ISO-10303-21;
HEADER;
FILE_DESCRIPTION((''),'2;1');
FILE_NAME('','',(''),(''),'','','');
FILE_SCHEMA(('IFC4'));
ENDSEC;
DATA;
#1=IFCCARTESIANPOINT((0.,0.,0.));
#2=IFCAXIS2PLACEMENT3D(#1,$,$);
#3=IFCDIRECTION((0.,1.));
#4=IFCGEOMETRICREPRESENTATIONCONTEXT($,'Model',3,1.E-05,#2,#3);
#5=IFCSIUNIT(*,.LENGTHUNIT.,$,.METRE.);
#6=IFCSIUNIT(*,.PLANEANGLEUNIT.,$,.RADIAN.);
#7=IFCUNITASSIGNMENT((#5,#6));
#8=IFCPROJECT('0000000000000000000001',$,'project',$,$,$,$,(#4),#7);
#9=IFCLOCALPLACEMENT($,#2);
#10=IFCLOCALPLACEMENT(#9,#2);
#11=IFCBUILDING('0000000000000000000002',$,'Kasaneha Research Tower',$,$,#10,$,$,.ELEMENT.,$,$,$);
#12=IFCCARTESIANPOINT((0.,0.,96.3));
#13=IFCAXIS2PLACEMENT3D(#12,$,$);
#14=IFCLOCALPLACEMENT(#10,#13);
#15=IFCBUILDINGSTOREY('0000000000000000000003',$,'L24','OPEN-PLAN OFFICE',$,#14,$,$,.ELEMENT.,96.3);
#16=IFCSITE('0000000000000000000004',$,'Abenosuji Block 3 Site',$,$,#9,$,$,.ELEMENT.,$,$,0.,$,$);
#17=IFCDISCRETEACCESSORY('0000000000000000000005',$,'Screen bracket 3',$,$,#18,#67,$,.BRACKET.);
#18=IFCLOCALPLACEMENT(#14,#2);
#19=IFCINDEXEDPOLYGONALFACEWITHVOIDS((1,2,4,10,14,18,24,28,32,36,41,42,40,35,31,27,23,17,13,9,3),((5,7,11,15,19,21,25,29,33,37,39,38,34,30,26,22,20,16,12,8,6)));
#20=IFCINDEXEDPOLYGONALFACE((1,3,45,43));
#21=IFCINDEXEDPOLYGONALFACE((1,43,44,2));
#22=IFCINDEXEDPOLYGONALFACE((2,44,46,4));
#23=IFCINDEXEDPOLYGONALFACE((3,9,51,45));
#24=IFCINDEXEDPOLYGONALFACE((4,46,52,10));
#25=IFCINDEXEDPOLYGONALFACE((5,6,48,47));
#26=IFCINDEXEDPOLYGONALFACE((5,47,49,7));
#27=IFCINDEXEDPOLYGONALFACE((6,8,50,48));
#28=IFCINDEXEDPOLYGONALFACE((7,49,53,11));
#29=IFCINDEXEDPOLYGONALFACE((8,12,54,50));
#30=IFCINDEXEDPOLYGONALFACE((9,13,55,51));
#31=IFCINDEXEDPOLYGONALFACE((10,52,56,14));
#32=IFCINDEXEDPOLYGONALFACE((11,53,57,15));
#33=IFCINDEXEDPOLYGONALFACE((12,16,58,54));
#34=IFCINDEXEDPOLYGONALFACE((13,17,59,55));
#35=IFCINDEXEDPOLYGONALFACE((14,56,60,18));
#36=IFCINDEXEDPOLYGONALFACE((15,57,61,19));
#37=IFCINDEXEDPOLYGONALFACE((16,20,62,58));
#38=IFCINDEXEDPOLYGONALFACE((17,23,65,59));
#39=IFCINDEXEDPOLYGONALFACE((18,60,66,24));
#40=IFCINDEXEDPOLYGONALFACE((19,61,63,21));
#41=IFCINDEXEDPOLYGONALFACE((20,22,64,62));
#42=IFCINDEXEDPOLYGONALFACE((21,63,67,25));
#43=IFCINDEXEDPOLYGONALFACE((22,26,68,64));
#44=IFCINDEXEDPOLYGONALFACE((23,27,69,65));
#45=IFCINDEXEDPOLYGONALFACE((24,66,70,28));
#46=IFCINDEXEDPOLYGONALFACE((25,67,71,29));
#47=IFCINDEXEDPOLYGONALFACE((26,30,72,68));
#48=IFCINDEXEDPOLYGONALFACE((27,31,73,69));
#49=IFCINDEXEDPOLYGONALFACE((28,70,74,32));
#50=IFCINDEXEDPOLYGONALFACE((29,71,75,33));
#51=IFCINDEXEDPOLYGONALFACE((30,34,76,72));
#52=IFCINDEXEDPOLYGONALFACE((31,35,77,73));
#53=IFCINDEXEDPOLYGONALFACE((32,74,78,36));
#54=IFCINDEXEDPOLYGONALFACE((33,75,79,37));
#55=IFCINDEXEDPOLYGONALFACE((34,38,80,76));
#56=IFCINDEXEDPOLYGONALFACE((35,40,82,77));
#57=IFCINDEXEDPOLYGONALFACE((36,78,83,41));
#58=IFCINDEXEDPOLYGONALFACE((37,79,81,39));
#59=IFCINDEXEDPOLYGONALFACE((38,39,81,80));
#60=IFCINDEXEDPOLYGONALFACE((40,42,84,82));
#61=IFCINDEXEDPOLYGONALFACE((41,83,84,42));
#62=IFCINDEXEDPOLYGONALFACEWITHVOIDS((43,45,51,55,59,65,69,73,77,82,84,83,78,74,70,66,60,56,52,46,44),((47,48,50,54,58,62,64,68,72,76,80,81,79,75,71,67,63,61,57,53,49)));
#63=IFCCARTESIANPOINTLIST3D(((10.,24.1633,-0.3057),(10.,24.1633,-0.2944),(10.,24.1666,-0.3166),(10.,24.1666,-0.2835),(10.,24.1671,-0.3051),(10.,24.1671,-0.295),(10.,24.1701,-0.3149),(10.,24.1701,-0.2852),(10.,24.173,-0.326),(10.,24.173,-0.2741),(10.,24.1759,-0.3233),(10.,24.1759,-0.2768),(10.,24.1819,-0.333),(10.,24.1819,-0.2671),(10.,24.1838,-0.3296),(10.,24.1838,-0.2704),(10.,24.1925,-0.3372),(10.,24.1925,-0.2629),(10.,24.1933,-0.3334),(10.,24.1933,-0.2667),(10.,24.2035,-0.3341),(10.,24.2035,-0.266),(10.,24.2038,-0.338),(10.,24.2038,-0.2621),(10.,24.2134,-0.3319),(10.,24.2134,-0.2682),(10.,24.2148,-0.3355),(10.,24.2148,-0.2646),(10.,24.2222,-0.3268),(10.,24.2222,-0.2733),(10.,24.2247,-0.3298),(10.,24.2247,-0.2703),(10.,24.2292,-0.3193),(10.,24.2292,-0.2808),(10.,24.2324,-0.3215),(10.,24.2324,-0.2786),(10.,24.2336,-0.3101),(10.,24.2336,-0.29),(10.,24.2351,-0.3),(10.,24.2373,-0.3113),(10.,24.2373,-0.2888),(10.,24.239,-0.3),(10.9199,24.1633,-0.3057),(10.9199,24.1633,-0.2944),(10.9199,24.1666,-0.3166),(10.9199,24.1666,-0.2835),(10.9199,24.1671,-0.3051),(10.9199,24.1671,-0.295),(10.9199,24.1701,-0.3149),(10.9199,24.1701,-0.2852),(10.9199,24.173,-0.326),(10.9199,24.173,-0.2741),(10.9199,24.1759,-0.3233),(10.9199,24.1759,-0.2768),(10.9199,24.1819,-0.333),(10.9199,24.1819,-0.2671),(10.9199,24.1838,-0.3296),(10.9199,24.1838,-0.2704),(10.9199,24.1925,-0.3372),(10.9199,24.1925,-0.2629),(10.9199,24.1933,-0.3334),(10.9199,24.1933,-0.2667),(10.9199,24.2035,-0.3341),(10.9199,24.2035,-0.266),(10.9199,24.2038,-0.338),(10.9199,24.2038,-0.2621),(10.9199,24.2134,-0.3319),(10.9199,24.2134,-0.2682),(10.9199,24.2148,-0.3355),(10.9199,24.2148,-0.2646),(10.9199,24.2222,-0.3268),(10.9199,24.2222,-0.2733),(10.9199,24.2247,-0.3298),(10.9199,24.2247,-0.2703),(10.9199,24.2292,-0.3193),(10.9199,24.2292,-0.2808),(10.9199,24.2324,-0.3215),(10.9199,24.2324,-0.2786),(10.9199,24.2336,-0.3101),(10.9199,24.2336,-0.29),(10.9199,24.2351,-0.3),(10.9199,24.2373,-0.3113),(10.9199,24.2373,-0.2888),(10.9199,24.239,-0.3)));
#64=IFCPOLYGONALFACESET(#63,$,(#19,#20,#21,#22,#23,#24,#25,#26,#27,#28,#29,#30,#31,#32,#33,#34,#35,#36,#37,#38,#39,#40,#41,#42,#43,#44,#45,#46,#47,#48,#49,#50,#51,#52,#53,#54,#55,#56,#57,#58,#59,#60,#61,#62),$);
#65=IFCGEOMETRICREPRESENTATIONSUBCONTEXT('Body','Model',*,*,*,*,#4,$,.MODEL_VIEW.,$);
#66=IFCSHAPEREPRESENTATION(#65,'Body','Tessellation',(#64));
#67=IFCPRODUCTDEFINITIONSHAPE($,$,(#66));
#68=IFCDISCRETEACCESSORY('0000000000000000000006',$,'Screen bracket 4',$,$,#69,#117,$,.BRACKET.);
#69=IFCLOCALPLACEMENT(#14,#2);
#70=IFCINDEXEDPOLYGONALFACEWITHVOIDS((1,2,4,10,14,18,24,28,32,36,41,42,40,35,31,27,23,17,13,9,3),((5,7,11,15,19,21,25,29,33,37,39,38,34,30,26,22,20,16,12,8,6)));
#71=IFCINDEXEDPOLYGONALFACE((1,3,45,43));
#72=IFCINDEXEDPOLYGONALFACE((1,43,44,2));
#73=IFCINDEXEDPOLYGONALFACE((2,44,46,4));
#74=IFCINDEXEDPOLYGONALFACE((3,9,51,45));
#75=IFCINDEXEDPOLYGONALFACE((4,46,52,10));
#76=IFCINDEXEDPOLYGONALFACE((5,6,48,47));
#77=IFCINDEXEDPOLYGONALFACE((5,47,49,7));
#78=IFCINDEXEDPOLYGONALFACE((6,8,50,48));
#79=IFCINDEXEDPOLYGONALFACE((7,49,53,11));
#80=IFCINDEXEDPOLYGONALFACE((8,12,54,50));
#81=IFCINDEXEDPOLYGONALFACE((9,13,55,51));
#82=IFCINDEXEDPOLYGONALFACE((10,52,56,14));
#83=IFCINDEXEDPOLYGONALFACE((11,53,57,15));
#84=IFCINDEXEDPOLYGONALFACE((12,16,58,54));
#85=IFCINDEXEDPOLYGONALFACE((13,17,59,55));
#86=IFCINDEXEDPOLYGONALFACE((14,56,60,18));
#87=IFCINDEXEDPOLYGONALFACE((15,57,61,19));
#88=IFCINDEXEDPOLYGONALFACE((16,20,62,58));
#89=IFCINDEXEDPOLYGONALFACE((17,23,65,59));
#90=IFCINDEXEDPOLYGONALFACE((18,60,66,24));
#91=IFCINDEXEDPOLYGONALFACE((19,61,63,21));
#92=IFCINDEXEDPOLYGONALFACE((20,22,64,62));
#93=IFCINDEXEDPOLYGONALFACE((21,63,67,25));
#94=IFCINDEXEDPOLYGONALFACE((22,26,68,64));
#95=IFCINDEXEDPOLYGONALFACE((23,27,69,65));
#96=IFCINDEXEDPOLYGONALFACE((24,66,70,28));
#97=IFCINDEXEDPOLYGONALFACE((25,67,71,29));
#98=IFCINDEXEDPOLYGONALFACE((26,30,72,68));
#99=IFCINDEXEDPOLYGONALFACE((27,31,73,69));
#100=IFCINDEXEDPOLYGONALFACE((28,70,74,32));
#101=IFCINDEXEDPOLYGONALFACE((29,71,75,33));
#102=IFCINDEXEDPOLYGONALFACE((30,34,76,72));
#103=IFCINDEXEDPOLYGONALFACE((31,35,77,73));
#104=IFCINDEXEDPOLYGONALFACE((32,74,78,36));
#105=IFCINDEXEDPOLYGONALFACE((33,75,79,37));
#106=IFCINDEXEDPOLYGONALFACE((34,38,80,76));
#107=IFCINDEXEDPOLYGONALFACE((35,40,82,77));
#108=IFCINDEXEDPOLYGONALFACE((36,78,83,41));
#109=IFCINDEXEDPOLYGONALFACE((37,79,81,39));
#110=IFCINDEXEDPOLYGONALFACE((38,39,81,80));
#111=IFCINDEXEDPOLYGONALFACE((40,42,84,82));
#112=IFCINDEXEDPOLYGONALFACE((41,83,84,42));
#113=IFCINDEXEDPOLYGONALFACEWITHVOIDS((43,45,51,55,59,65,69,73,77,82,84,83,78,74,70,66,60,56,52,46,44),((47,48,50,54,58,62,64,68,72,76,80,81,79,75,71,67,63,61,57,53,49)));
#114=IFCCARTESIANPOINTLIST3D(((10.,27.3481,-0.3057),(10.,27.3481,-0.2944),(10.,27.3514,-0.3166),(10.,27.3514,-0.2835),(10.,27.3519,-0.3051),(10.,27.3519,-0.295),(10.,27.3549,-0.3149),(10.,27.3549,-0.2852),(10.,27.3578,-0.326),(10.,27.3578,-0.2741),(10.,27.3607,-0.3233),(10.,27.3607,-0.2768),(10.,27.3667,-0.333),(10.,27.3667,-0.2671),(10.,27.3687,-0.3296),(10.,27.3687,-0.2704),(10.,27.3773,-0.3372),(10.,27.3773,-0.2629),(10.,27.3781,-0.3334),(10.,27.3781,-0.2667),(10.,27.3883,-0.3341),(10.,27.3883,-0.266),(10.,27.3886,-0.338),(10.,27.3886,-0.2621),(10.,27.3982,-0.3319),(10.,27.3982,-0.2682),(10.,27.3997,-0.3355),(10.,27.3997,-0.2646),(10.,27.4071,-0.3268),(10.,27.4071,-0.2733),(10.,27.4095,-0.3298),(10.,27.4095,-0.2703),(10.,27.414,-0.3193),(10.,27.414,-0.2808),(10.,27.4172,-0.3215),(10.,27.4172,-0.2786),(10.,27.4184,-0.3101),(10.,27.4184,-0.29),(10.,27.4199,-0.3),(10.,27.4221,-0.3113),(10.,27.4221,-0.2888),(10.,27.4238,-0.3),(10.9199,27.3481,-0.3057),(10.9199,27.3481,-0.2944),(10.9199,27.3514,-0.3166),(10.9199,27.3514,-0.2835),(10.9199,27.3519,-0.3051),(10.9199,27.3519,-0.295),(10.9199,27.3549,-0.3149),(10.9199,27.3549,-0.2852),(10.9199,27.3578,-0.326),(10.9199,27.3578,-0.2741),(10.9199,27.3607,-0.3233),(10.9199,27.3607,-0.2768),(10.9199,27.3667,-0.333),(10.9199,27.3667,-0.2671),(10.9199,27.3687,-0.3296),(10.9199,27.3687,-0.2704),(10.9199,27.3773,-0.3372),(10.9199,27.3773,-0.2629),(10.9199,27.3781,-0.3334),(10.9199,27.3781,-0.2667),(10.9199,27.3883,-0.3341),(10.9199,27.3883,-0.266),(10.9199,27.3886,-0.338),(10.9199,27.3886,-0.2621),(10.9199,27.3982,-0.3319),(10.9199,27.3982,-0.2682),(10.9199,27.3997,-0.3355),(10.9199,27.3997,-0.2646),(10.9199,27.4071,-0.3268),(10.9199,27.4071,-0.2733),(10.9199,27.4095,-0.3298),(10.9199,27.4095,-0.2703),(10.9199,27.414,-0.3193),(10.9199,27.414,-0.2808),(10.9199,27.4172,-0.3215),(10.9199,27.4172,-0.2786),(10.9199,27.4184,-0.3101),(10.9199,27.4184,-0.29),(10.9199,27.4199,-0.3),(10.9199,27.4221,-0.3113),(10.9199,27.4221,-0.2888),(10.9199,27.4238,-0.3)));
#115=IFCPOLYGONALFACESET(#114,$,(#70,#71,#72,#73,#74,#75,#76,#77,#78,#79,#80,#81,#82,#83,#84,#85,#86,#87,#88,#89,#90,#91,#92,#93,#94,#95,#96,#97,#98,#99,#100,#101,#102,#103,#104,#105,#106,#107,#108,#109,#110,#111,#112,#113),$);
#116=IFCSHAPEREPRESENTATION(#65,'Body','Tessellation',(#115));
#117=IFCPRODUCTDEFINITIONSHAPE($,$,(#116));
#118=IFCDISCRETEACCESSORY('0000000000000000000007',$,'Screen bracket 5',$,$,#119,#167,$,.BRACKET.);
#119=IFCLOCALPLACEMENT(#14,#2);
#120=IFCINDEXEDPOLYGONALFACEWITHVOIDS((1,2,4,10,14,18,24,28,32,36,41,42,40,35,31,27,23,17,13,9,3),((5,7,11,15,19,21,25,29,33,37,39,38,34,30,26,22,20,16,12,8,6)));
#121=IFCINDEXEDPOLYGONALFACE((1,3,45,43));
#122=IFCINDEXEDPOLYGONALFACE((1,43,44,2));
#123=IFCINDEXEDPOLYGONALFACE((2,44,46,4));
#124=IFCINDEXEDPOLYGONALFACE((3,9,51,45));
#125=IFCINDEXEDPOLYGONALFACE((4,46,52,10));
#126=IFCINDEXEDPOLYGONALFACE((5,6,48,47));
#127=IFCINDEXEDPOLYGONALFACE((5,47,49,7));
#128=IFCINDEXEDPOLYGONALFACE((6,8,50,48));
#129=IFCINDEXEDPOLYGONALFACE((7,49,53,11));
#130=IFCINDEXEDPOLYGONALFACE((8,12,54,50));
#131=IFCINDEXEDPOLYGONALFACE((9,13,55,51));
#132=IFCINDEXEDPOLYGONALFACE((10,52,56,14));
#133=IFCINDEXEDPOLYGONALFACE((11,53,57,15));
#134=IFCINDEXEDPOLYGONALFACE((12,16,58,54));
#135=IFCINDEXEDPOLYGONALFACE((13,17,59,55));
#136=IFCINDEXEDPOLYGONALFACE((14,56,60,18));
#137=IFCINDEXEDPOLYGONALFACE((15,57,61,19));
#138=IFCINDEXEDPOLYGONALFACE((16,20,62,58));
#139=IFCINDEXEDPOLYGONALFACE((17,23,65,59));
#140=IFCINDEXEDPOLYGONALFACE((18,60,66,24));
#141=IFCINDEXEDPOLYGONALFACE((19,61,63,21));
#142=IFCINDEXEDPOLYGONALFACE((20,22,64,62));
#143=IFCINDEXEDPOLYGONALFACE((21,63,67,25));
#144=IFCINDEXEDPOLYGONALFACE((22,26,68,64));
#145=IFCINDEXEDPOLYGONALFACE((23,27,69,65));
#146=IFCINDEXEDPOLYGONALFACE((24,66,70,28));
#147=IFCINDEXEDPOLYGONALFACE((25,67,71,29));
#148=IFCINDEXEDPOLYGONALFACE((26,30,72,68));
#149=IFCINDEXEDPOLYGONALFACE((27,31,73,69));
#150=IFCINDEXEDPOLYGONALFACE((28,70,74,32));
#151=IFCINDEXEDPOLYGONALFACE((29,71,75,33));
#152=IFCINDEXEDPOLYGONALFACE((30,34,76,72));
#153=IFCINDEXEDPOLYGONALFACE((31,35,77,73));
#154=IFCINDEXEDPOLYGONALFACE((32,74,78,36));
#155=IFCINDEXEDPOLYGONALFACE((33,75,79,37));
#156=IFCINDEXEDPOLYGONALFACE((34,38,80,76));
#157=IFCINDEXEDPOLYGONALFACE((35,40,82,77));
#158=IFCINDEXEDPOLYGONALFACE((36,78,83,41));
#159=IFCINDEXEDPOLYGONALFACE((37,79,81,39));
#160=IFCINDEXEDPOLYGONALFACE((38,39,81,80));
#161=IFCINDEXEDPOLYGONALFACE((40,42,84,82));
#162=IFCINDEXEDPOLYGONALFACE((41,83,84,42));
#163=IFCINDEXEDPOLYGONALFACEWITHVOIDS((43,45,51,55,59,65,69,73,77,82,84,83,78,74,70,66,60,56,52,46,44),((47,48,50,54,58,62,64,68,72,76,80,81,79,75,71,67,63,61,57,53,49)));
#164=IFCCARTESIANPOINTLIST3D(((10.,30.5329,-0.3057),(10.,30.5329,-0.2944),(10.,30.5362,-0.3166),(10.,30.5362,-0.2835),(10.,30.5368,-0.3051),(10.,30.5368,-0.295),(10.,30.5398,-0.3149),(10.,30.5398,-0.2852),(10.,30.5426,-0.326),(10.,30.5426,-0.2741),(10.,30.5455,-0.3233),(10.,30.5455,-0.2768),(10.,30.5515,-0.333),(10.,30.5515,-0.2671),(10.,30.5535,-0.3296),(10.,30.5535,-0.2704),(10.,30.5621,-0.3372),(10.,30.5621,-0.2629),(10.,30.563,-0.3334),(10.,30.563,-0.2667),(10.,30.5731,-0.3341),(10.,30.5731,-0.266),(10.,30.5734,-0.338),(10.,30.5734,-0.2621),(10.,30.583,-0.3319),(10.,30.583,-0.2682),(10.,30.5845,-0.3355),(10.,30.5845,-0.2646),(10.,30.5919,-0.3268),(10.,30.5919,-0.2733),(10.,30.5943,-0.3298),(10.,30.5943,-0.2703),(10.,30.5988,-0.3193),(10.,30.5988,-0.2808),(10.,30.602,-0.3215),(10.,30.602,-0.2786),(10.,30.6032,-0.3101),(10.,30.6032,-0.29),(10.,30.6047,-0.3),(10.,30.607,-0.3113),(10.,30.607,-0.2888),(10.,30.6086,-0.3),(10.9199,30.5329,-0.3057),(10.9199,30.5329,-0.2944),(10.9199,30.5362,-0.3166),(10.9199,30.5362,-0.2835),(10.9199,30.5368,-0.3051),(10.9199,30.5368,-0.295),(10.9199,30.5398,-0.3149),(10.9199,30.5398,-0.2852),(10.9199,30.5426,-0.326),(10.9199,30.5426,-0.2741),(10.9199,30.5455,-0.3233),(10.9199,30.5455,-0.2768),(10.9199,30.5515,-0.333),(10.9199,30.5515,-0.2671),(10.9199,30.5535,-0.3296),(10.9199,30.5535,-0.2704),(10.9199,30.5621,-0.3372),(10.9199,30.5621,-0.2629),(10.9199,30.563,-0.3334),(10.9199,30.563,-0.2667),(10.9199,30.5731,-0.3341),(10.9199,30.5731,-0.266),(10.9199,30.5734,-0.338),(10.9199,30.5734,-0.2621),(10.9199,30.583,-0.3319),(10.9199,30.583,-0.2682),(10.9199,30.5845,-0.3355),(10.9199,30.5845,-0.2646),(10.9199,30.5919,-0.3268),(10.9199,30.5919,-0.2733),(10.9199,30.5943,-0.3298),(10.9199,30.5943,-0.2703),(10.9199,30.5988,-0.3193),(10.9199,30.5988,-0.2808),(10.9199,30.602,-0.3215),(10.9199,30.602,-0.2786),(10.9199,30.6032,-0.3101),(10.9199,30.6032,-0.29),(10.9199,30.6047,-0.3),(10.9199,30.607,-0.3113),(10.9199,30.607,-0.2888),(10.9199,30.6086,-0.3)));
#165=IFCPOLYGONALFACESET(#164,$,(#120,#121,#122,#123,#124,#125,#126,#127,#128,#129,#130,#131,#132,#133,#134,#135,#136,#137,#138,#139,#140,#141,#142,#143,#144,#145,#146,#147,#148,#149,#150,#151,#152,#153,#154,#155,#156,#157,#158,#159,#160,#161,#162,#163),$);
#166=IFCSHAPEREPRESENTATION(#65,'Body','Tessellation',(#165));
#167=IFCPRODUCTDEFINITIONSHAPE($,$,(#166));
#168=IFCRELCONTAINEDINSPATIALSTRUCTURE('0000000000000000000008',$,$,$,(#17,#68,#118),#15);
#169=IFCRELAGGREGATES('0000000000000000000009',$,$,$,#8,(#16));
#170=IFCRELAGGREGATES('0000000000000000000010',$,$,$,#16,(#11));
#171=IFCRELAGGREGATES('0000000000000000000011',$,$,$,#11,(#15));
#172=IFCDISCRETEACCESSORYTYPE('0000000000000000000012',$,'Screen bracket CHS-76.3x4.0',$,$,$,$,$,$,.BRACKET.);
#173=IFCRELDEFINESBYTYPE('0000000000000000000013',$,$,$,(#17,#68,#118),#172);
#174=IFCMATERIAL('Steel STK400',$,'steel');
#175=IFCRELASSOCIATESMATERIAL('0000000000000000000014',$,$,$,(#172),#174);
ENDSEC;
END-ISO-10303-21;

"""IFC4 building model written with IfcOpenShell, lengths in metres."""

from ifc_helpers import new_model, si_unit, direction, frame, origin, origin_2d, place, context, subcontext, project, spatial, hollow_circle, extrude, material, material_profile, profile_set, type_object, element, save


model = new_model("IFC4")

# Units and contexts
model_context = context("Model", 3, precision=1e-05, world=origin(), true_north=direction((0.0, 1.0)))
body_context = subcontext(model_context, "Body", "Model", "MODEL_VIEW")
ifc_project = project(units=[si_unit("LENGTHUNIT", "METRE"), si_unit("PLANEANGLEUNIT", "RADIAN")], contexts=[model_context])

# Site, building, storey
site_placement = place(None, origin())
site = spatial("IfcSite", under=ifc_project, at=site_placement, Name="Abenosuji Block 3 Site", CompositionType="ELEMENT", RefElevation=0.0)
building_placement = place(site_placement, origin())
building = spatial("IfcBuilding", under=site, at=building_placement, Name="Kasaneha Research Tower", CompositionType="ELEMENT")
storey_placement = place(building_placement, frame((0.0, 0.0, 96.3)))
storey = spatial("IfcBuildingStorey", under=building, at=storey_placement, Name="L24", Description="OPEN-PLAN OFFICE", CompositionType="ELEMENT", Elevation=96.3)

# Discrete accessories
ifc_material_1 = material(Name="Steel STK400", Category="steel")
ifc_material_profile_1 = material_profile(ifc_material_1, hollow_circle(Radius=0.0381, WallThickness=0.0039, at=origin_2d()), Name="CHS-76.3x4.0")
ifc_profile_set_1 = profile_set([ifc_material_profile_1], Name="Steel STK400")
discrete_accessory_type = type_object("IfcDiscreteAccessoryType", Name="Screen bracket CHS-76.3x4.0", PredefinedType="BRACKET", material=ifc_profile_set_1)
for number, where, z_axis, x_axis, name in (
    (1, (10.0, 24.2009, -0.3), (1.0, 0.0, 0.0), (0.0, 1.0, 0.0), "Screen bracket 3"),
    (2, (10.0, 27.3857, -0.3), (1.0, 0.0, 0.0), (0.0, 1.0, 0.0), "Screen bracket 4"),
    (3, (10.0, 30.5706, -0.3), (1.0, 0.0, 0.0), (0.0, 1.0, 0.0), "Screen bracket 5"),
):
    element("IfcDiscreteAccessory", number, at=place(storey_placement, frame(where, z_axis=z_axis, x_axis=x_axis)), inside=storey, type_object=discrete_accessory_type, Name=name, PredefinedType="BRACKET", context=body_context, shape_type="SweptSolid", body=[
        extrude(hollow_circle(Radius=0.0381, WallThickness=0.0039, at=origin_2d()), origin(), (0.0, 0.0, 1.0), 0.9199),
    ])

save(model, "model.ifc")
